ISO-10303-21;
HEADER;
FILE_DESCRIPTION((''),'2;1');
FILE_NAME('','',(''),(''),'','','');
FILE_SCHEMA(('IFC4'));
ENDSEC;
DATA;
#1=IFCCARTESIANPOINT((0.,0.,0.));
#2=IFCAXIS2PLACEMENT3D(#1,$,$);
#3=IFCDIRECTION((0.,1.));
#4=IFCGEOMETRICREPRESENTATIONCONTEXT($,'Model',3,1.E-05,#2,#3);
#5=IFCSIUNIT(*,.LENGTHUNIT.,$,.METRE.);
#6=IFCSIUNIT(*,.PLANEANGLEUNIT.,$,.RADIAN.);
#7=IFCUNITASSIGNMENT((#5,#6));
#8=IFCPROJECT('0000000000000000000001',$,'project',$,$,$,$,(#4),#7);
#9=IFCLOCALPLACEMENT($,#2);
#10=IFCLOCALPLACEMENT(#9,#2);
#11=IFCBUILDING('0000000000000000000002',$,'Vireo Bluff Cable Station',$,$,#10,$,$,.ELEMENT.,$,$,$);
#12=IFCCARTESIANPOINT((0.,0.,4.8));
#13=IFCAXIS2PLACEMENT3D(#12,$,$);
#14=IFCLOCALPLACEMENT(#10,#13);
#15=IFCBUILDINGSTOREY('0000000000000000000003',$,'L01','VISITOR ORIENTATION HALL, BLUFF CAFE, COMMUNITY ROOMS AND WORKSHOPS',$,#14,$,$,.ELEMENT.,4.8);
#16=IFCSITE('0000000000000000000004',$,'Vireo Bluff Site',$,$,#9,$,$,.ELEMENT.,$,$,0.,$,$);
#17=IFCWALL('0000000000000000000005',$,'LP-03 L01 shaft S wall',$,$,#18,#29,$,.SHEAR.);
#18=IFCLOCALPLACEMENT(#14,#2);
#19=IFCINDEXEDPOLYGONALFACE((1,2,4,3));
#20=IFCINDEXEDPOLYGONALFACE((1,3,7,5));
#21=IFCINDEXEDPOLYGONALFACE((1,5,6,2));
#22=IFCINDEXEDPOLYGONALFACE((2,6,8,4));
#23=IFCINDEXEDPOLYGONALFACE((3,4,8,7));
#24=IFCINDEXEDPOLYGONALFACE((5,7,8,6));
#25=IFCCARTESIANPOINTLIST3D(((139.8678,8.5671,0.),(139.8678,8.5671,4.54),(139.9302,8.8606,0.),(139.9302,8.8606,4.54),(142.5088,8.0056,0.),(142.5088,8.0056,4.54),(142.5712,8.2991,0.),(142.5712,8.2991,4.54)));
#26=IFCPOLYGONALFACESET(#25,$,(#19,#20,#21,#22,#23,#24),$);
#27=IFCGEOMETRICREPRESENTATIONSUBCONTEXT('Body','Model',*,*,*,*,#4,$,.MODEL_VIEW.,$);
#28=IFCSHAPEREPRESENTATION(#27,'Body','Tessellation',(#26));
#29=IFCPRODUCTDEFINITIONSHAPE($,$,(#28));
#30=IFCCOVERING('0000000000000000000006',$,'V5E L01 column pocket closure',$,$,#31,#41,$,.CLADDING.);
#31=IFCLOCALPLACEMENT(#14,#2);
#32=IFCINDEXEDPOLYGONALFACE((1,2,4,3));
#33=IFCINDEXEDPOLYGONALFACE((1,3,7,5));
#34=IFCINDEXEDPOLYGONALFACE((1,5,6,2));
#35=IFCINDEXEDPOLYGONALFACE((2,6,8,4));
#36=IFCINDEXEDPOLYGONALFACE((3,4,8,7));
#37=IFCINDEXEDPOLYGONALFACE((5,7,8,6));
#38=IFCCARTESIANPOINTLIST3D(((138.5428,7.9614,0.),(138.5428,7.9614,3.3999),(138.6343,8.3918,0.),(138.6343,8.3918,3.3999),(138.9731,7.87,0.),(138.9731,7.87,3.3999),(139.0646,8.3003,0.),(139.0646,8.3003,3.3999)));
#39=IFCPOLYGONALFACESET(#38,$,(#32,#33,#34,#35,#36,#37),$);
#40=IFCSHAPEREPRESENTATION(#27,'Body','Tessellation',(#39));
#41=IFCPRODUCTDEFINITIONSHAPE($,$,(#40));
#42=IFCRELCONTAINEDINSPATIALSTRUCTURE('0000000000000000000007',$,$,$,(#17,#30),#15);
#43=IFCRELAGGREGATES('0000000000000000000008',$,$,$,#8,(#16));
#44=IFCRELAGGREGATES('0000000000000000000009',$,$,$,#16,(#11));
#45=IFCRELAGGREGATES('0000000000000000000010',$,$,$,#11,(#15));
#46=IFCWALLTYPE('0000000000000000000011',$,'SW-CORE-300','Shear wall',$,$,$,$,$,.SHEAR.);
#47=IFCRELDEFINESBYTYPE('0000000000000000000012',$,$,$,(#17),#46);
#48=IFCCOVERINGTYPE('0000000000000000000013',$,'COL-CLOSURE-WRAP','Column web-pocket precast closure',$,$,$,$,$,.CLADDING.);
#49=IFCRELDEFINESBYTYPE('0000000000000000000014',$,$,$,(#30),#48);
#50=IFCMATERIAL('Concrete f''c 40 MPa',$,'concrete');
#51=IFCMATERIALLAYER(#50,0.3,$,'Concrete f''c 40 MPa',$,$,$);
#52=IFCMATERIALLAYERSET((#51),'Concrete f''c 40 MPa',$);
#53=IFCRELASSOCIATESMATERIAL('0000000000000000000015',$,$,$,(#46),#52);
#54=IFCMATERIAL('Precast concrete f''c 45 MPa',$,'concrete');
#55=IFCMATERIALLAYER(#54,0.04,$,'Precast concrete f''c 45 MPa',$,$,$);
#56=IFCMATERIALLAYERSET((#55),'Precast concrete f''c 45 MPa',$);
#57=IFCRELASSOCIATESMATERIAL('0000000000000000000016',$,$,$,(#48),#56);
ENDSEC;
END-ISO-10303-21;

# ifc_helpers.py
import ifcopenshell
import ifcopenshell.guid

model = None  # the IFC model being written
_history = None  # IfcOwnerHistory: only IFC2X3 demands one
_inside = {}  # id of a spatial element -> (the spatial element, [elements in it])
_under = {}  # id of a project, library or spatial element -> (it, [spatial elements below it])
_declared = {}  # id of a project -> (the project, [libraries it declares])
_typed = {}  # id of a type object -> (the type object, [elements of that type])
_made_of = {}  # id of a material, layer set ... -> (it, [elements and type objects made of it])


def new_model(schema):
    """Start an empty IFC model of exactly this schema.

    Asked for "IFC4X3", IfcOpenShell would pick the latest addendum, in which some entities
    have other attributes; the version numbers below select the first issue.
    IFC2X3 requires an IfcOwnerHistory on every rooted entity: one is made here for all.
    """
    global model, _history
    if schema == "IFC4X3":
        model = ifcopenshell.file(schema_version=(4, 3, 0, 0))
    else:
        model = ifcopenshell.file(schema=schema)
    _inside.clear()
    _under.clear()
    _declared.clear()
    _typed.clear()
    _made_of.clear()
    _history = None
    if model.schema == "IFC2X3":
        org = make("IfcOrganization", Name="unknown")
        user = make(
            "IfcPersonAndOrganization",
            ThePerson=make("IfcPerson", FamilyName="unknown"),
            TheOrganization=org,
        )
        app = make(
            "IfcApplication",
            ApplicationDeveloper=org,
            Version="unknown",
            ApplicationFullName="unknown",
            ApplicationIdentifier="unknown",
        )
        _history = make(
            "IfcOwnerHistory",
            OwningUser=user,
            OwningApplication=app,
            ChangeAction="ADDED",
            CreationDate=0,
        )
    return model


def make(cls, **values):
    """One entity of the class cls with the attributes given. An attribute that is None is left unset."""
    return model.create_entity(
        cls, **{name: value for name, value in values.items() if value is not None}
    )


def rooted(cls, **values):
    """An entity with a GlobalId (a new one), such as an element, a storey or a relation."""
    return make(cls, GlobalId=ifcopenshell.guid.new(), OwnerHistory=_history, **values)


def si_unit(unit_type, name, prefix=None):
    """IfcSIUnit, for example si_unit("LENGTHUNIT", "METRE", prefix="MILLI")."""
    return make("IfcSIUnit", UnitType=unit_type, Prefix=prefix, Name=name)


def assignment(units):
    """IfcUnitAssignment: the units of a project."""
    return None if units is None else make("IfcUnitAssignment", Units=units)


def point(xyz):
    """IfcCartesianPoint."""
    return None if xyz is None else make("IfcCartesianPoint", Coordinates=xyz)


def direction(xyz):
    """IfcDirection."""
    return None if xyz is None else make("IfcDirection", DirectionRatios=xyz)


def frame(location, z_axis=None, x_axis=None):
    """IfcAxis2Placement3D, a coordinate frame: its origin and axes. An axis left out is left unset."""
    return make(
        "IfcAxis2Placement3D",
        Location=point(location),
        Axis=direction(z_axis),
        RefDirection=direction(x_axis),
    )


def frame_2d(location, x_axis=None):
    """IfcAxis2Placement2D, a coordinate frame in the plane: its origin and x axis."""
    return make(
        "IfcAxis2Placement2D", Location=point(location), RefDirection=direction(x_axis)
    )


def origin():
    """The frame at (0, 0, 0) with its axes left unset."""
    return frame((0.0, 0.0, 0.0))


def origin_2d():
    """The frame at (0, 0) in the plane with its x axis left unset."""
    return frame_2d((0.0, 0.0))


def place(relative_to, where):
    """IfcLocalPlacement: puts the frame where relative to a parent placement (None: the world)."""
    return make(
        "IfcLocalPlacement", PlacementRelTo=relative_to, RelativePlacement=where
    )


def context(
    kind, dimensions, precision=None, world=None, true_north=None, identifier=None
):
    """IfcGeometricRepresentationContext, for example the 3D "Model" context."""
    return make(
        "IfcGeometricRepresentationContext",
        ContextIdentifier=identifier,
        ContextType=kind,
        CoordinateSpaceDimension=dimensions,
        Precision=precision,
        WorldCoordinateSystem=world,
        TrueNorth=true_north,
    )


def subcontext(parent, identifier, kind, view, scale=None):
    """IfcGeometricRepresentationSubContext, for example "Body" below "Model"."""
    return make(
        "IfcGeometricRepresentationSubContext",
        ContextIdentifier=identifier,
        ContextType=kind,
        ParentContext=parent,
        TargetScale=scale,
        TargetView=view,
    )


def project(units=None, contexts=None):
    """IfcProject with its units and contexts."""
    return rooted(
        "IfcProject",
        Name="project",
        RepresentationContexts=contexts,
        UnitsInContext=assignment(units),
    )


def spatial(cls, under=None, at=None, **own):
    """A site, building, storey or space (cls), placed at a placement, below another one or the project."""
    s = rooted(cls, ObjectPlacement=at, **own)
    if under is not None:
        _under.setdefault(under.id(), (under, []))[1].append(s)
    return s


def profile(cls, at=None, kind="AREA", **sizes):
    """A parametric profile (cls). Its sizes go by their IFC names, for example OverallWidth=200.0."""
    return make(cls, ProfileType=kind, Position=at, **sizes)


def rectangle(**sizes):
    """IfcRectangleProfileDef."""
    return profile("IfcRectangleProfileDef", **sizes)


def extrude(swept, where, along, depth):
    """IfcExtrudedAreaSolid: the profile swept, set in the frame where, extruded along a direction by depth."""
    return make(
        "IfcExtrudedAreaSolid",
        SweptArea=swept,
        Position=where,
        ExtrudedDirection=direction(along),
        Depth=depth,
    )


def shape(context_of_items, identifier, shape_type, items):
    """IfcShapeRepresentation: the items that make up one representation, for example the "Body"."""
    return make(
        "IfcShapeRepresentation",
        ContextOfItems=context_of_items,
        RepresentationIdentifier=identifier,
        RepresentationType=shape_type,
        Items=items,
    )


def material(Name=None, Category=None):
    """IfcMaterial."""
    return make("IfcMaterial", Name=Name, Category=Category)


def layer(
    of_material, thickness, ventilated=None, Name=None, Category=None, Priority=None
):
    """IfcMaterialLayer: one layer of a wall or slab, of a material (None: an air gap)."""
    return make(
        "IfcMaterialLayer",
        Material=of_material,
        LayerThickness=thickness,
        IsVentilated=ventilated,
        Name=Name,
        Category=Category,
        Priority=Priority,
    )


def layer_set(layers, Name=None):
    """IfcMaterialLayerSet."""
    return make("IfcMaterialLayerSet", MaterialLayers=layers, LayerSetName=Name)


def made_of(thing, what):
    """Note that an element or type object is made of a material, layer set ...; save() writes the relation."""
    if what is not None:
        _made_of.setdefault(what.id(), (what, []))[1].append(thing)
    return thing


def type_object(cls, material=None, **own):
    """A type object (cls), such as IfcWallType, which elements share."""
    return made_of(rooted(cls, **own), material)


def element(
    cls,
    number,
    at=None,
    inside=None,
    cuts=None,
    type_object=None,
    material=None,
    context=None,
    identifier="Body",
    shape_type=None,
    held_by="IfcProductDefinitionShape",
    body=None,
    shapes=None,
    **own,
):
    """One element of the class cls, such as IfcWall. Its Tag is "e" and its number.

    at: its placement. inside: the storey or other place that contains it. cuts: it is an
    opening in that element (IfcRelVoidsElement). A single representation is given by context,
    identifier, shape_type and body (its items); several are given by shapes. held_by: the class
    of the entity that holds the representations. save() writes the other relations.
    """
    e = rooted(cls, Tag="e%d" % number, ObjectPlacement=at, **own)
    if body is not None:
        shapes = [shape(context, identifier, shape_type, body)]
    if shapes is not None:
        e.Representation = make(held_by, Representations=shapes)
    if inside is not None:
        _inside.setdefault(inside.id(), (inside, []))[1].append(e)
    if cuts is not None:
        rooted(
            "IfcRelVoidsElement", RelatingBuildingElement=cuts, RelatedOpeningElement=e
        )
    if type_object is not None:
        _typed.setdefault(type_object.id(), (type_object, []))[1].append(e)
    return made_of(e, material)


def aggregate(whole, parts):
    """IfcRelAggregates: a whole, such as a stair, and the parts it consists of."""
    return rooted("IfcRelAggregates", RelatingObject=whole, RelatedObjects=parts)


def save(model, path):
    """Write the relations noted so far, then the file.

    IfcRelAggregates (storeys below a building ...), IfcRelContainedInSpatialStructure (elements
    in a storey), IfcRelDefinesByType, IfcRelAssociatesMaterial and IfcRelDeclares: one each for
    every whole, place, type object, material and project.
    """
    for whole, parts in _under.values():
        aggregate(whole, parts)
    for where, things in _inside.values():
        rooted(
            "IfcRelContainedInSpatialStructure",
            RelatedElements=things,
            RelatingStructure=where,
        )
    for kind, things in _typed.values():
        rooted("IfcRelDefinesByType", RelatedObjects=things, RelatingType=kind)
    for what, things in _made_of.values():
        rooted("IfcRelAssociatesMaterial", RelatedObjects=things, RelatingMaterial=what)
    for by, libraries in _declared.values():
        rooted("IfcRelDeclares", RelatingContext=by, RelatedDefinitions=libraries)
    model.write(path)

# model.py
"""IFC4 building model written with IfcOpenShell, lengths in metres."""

from ifc_helpers import new_model, si_unit, direction, frame, frame_2d, origin, origin_2d, place, context, subcontext, project, spatial, rectangle, extrude, material, layer, layer_set, type_object, element, save


model = new_model("IFC4")

# Units and contexts
model_context = context("Model", 3, precision=1e-05, world=origin(), true_north=direction((0.0, 1.0)))
body_context = subcontext(model_context, "Body", "Model", "MODEL_VIEW")
ifc_project = project(units=[si_unit("LENGTHUNIT", "METRE"), si_unit("PLANEANGLEUNIT", "RADIAN")], contexts=[model_context])

# Site, building, storey
site_placement = place(None, origin())
site = spatial("IfcSite", under=ifc_project, at=site_placement, Name="Vireo Bluff Site", CompositionType="ELEMENT", RefElevation=0.0)
building_placement = place(site_placement, origin())
building = spatial("IfcBuilding", under=site, at=building_placement, Name="Vireo Bluff Cable Station", CompositionType="ELEMENT")
storey_placement = place(building_placement, frame((0.0, 0.0, 4.8)))
storey = spatial("IfcBuildingStorey", under=building, at=storey_placement, Name="L01", Description="VISITOR ORIENTATION HALL, BLUFF CAFE, COMMUNITY ROOMS AND WORKSHOPS", CompositionType="ELEMENT", Elevation=4.8)

# Shared definitions
ifc_material_1 = material(Name="Precast concrete f'c 45 MPa", Category="concrete")

# Wall
ifc_material_2 = material(Name="Concrete f'c 40 MPa", Category="concrete")
ifc_layer_1 = layer(ifc_material_2, 0.3, Name="Concrete f'c 40 MPa")
ifc_layer_set_1 = layer_set([ifc_layer_1], Name="Concrete f'c 40 MPa")
wall_type_1 = type_object("IfcWallType", Name="SW-CORE-300", Description="Shear wall", PredefinedType="SHEAR", material=ifc_layer_set_1)
wall_1_placement = place(storey_placement, frame((139.8989, 8.7139, 0.0), z_axis=(0.0, 0.0, 1.0), x_axis=(0.978133, -0.207979, 0.0)))
element("IfcWall", 1, at=wall_1_placement, inside=storey, type_object=wall_type_1, Name="LP-03 L01 shaft S wall", PredefinedType="SHEAR", context=body_context, shape_type="SweptSolid", body=[
    extrude(rectangle(XDim=2.7, YDim=0.3, at=frame_2d((1.3501, 0.0))), origin(), (0.0, 0.0, 1.0), 4.54),
])

# Covering
ifc_layer_2 = layer(ifc_material_1, 0.04, Name="Precast concrete f'c 45 MPa")
ifc_layer_set_2 = layer_set([ifc_layer_2], Name="Precast concrete f'c 45 MPa")
covering_type = type_object("IfcCoveringType", Name="COL-CLOSURE-WRAP", Description="Column web-pocket precast closure", PredefinedType="CLADDING", material=ifc_layer_set_2)
covering_placement = place(storey_placement, frame((138.8037, 8.1309, 0.0), z_axis=(0.0, 0.0, 1.0), x_axis=(0.978148, -0.207912, 0.0)))
element("IfcCovering", 2, at=covering_placement, inside=storey, type_object=covering_type, Name="V5E L01 column pocket closure", PredefinedType="CLADDING", context=body_context, shape_type="SweptSolid", body=[
    extrude(rectangle(XDim=0.4399, YDim=0.4399, at=origin_2d()), origin(), (0.0, 0.0, 1.0), 3.3999),
])

save(model, "model.ifc")
